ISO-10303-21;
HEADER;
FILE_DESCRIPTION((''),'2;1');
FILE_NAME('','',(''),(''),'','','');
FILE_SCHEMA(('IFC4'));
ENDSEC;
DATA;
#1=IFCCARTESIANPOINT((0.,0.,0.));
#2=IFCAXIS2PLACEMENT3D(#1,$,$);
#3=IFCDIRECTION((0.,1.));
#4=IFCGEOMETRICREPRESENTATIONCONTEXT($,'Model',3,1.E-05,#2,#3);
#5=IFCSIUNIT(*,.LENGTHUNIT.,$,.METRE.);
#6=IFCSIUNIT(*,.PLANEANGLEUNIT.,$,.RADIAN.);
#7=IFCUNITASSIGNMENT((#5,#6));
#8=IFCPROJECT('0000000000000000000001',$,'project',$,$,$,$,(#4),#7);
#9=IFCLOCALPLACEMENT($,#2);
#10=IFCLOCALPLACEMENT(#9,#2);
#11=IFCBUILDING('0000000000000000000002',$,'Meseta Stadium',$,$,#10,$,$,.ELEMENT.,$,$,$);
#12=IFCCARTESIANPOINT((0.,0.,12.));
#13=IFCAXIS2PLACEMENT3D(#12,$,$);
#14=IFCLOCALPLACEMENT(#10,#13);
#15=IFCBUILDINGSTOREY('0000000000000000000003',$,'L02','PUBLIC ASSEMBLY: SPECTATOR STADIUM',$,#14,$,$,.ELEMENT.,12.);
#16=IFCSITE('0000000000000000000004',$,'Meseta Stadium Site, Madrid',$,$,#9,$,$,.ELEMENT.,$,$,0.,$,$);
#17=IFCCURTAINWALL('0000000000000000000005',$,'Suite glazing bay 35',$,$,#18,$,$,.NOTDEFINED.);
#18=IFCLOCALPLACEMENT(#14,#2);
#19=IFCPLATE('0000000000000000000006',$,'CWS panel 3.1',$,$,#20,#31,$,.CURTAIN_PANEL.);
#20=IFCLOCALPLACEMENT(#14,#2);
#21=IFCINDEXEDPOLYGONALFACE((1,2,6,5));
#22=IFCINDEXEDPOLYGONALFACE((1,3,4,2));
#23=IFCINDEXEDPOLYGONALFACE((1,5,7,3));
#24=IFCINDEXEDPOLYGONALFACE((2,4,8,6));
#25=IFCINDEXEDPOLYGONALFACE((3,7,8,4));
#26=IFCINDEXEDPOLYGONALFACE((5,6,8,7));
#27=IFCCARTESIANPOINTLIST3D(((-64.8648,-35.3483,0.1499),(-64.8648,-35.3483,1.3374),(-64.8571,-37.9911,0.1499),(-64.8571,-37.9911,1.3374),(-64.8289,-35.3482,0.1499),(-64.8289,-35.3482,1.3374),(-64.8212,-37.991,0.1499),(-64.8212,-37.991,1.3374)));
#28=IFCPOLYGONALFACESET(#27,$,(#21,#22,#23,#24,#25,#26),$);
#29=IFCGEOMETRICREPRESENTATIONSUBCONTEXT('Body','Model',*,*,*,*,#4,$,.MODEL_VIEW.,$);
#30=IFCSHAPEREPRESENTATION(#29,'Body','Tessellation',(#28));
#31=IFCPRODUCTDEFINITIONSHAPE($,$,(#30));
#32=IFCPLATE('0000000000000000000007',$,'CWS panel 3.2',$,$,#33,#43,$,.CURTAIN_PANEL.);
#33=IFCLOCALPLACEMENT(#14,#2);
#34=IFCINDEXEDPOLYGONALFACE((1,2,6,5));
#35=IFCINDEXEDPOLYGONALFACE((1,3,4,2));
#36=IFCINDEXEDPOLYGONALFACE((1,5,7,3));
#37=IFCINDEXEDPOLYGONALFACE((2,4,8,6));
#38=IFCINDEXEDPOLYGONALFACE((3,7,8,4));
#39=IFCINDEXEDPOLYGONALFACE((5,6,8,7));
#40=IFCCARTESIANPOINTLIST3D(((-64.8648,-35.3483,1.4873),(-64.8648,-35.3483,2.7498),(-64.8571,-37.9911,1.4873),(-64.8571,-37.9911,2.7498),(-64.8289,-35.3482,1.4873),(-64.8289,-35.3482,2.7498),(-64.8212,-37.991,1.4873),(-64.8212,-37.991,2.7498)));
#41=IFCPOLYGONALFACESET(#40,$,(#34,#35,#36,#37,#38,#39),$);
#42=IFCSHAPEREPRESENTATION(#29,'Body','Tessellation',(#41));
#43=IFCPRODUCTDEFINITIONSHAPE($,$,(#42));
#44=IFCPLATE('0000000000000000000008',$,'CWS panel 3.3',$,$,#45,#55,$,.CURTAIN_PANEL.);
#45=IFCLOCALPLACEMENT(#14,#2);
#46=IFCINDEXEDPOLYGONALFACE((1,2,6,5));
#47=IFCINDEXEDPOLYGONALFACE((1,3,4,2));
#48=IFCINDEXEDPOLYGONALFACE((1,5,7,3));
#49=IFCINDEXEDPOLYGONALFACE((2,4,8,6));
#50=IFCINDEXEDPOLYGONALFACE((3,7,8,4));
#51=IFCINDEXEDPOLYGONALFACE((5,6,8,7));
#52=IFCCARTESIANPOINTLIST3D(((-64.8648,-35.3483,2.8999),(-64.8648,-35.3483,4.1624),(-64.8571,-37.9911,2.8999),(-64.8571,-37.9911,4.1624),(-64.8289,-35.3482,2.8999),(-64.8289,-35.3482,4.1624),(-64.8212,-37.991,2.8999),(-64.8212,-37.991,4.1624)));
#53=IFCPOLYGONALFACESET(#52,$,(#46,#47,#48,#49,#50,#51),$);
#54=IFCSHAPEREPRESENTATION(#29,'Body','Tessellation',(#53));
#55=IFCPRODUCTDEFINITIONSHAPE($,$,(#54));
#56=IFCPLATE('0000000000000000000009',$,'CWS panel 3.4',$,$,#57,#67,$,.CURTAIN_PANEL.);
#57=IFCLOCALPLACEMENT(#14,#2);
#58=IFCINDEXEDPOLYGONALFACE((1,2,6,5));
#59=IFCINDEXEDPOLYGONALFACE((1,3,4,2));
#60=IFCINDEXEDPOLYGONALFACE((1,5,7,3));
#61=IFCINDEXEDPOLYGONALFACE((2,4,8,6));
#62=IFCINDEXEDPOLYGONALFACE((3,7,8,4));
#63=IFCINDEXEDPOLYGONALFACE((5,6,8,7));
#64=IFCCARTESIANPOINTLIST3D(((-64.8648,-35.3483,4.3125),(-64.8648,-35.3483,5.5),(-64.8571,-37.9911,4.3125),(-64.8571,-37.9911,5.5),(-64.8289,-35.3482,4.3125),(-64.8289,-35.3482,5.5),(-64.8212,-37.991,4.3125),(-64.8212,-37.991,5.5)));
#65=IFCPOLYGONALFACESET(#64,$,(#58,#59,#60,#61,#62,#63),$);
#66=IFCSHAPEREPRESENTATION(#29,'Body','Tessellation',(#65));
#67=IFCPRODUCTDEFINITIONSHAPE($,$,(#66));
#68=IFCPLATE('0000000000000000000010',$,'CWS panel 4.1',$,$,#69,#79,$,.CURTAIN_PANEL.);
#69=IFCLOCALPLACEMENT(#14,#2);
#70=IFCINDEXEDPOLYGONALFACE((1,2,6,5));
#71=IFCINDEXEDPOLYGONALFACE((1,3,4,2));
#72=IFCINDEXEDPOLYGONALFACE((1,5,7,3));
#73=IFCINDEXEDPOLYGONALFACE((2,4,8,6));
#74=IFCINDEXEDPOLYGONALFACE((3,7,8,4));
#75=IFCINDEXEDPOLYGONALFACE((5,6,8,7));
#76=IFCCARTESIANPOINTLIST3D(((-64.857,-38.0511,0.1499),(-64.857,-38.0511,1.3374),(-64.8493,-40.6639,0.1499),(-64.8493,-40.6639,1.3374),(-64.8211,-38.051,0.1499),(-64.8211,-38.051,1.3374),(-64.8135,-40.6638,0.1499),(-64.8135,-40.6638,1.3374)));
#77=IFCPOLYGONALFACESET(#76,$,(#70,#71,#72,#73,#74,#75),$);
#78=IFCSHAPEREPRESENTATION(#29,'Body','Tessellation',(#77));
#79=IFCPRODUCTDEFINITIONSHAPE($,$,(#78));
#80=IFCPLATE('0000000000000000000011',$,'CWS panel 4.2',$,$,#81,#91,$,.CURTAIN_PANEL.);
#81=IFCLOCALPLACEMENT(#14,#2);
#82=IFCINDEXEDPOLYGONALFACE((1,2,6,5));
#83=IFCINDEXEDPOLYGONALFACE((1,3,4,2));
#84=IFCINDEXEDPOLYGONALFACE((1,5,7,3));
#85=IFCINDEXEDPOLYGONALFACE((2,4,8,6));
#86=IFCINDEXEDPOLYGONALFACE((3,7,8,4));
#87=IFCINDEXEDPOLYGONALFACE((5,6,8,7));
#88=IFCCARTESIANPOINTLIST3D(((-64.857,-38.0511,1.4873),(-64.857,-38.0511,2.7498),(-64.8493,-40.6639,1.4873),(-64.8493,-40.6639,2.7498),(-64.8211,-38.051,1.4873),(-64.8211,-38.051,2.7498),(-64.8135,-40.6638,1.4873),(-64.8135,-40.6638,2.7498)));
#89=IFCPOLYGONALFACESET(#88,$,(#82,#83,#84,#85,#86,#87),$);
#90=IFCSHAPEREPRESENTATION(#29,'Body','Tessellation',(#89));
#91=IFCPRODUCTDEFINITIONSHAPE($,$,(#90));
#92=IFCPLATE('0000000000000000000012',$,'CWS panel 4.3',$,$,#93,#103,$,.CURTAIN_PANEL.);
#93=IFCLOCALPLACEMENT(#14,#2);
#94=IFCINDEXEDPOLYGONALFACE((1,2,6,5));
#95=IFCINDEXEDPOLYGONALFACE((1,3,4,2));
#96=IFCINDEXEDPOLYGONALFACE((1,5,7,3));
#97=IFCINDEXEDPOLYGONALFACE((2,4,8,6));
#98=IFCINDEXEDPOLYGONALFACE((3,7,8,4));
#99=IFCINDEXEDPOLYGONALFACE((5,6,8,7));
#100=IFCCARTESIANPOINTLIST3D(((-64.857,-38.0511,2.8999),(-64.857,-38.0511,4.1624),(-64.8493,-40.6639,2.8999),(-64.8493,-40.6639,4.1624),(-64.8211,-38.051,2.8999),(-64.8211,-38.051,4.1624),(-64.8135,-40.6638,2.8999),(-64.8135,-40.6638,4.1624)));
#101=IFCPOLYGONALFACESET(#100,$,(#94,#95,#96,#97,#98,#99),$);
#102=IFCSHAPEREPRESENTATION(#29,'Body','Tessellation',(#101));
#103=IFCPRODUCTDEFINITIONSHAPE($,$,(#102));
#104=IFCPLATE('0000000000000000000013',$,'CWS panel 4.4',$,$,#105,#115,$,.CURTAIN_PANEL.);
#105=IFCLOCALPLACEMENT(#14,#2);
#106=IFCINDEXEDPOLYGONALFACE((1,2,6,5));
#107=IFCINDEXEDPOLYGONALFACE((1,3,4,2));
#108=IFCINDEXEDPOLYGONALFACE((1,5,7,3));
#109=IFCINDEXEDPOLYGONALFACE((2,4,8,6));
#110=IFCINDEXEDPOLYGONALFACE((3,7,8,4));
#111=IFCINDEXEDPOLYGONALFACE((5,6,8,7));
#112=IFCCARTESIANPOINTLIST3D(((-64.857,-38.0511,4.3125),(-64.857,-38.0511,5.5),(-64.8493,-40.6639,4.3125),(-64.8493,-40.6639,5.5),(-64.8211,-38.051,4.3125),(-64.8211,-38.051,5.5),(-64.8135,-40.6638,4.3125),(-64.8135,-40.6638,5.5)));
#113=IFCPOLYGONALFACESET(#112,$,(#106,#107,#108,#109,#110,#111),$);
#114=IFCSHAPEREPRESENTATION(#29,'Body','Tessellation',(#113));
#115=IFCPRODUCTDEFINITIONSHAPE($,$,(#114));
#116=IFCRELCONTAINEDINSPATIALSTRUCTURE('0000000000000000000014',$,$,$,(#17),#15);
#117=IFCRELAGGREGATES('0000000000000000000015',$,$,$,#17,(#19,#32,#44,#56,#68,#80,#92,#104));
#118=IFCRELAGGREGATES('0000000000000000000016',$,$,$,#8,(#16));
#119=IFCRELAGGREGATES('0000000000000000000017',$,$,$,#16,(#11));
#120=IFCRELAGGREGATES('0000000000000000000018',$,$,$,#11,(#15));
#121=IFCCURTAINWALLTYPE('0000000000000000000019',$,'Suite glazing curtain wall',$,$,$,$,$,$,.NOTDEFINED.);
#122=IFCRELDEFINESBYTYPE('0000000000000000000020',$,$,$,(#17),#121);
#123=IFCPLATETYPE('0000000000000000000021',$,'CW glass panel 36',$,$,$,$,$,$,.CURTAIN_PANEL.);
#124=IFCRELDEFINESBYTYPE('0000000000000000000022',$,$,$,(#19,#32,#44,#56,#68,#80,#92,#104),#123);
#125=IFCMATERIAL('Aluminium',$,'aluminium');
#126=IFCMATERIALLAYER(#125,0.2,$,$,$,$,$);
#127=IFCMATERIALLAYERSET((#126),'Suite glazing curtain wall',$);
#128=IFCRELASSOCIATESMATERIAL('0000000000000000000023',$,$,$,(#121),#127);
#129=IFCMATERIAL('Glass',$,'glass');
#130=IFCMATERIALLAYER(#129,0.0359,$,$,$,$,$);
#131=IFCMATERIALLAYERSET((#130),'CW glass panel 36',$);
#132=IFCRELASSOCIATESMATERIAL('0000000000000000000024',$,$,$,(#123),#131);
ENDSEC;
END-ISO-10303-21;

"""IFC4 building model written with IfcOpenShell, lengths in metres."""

from ifc_helpers import new_model, si_unit, direction, frame, origin, origin_2d, place, context, subcontext, project, spatial, rectangle, extrude, material, layer, layer_set, type_object, element, aggregate, save


model = new_model("IFC4")

# Units and contexts
model_context = context("Model", 3, precision=1e-05, world=origin(), true_north=direction((0.0, 1.0)))
body_context = subcontext(model_context, "Body", "Model", "MODEL_VIEW")
ifc_project = project(units=[si_unit("LENGTHUNIT", "METRE"), si_unit("PLANEANGLEUNIT", "RADIAN")], contexts=[model_context])

# Site, building, storey
site_placement = place(None, origin())
site = spatial("IfcSite", under=ifc_project, at=site_placement, Name="Meseta Stadium Site, Madrid", CompositionType="ELEMENT", RefElevation=0.0)
building_placement = place(site_placement, origin())
building = spatial("IfcBuilding", under=site, at=building_placement, Name="Meseta Stadium", CompositionType="ELEMENT")
storey_placement = place(building_placement, frame((0.0, 0.0, 12.0)))
storey = spatial("IfcBuildingStorey", under=building, at=storey_placement, Name="L02", Description="PUBLIC ASSEMBLY: SPECTATOR STADIUM", CompositionType="ELEMENT", Elevation=12.0)

# Curtain wall
ifc_material_1 = material(Name="Aluminium", Category="aluminium")
ifc_layer_1 = layer(ifc_material_1, 0.2)
ifc_layer_set_1 = layer_set([ifc_layer_1], Name="Suite glazing curtain wall")
curtain_wall_type = type_object("IfcCurtainWallType", Name="Suite glazing curtain wall", PredefinedType="NOTDEFINED", material=ifc_layer_set_1)
curtain_wall_1_placement = place(storey_placement, origin())
curtain_wall_1 = element("IfcCurtainWall", 1, at=curtain_wall_1_placement, inside=storey, type_object=curtain_wall_type, Name="Suite glazing bay 35", PredefinedType="NOTDEFINED")

# Plates
ifc_material_2 = material(Name="Glass", Category="glass")
ifc_layer_2 = layer(ifc_material_2, 0.0359)
ifc_layer_set_2 = layer_set([ifc_layer_2], Name="CW glass panel 36")
plate_type = type_object("IfcPlateType", Name="CW glass panel 36", PredefinedType="CURTAIN_PANEL", material=ifc_layer_set_2)
plate_1_placement = place(storey_placement, frame((-64.843, -36.6697, 0.1499), z_axis=(0.0, 0.0, 1.0), x_axis=(0.00291, -0.999996, 0.0)))
plate_1 = element("IfcPlate", 2, at=plate_1_placement, type_object=plate_type, Name="CWS panel 3.1", PredefinedType="CURTAIN_PANEL", context=body_context, shape_type="SweptSolid", body=[
    extrude(rectangle(XDim=2.6428, YDim=0.0359, at=origin_2d()), origin(), (0.0, 0.0, 1.0), 1.1875),
])
plate_2_placement = place(storey_placement, frame((-64.843, -36.6697, 1.4873), z_axis=(0.0, 0.0, 1.0), x_axis=(0.00291, -0.999996, 0.0)))
plate_2 = element("IfcPlate", 3, at=plate_2_placement, type_object=plate_type, Name="CWS panel 3.2", PredefinedType="CURTAIN_PANEL", context=body_context, shape_type="SweptSolid", body=[
    extrude(rectangle(XDim=2.6428, YDim=0.0359, at=origin_2d()), origin(), (0.0, 0.0, 1.0), 1.2625),
])
plate_3_placement = place(storey_placement, frame((-64.843, -36.6697, 2.8999), z_axis=(0.0, 0.0, 1.0), x_axis=(0.00291, -0.999996, 0.0)))
plate_3 = element("IfcPlate", 4, at=plate_3_placement, type_object=plate_type, Name="CWS panel 3.3", PredefinedType="CURTAIN_PANEL", context=body_context, shape_type="SweptSolid", body=[
    extrude(rectangle(XDim=2.6428, YDim=0.0359, at=origin_2d()), origin(), (0.0, 0.0, 1.0), 1.2625),
])
plate_4_placement = place(storey_placement, frame((-64.843, -36.6697, 4.3125), z_axis=(0.0, 0.0, 1.0), x_axis=(0.00291, -0.999996, 0.0)))
plate_4 = element("IfcPlate", 5, at=plate_4_placement, type_object=plate_type, Name="CWS panel 3.4", PredefinedType="CURTAIN_PANEL", context=body_context, shape_type="SweptSolid", body=[
    extrude(rectangle(XDim=2.6428, YDim=0.0359, at=origin_2d()), origin(), (0.0, 0.0, 1.0), 1.1875),
])
plate_5_placement = place(storey_placement, frame((-64.8352, -39.3574, 0.1499), z_axis=(0.0, 0.0, 1.0), x_axis=(0.00291, -0.999996, 0.0)))
plate_5 = element("IfcPlate", 6, at=plate_5_placement, type_object=plate_type, Name="CWS panel 4.1", PredefinedType="CURTAIN_PANEL", context=body_context, shape_type="SweptSolid", body=[
    extrude(rectangle(XDim=2.6128, YDim=0.0359, at=origin_2d()), origin(), (0.0, 0.0, 1.0), 1.1875),
])
plate_6_placement = place(storey_placement, frame((-64.8352, -39.3574, 1.4873), z_axis=(0.0, 0.0, 1.0), x_axis=(0.00291, -0.999996, 0.0)))
plate_6 = element("IfcPlate", 7, at=plate_6_placement, type_object=plate_type, Name="CWS panel 4.2", PredefinedType="CURTAIN_PANEL", context=body_context, shape_type="SweptSolid", body=[
    extrude(rectangle(XDim=2.6128, YDim=0.0359, at=origin_2d()), origin(), (0.0, 0.0, 1.0), 1.2625),
])
plate_7_placement = place(storey_placement, frame((-64.8352, -39.3574, 2.8999), z_axis=(0.0, 0.0, 1.0), x_axis=(0.00291, -0.999996, 0.0)))
plate_7 = element("IfcPlate", 8, at=plate_7_placement, type_object=plate_type, Name="CWS panel 4.3", PredefinedType="CURTAIN_PANEL", context=body_context, shape_type="SweptSolid", body=[
    extrude(rectangle(XDim=2.6128, YDim=0.0359, at=origin_2d()), origin(), (0.0, 0.0, 1.0), 1.2625),
])
plate_8_placement = place(storey_placement, frame((-64.8352, -39.3574, 4.3125), z_axis=(0.0, 0.0, 1.0), x_axis=(0.00291, -0.999996, 0.0)))
plate_8 = element("IfcPlate", 9, at=plate_8_placement, type_object=plate_type, Name="CWS panel 4.4", PredefinedType="CURTAIN_PANEL", context=body_context, shape_type="SweptSolid", body=[
    extrude(rectangle(XDim=2.6128, YDim=0.0359, at=origin_2d()), origin(), (0.0, 0.0, 1.0), 1.1875),
])
aggregate(curtain_wall_1, [plate_1, plate_2, plate_3, plate_4, plate_5, plate_6, plate_7, plate_8])

save(model, "model.ifc")
